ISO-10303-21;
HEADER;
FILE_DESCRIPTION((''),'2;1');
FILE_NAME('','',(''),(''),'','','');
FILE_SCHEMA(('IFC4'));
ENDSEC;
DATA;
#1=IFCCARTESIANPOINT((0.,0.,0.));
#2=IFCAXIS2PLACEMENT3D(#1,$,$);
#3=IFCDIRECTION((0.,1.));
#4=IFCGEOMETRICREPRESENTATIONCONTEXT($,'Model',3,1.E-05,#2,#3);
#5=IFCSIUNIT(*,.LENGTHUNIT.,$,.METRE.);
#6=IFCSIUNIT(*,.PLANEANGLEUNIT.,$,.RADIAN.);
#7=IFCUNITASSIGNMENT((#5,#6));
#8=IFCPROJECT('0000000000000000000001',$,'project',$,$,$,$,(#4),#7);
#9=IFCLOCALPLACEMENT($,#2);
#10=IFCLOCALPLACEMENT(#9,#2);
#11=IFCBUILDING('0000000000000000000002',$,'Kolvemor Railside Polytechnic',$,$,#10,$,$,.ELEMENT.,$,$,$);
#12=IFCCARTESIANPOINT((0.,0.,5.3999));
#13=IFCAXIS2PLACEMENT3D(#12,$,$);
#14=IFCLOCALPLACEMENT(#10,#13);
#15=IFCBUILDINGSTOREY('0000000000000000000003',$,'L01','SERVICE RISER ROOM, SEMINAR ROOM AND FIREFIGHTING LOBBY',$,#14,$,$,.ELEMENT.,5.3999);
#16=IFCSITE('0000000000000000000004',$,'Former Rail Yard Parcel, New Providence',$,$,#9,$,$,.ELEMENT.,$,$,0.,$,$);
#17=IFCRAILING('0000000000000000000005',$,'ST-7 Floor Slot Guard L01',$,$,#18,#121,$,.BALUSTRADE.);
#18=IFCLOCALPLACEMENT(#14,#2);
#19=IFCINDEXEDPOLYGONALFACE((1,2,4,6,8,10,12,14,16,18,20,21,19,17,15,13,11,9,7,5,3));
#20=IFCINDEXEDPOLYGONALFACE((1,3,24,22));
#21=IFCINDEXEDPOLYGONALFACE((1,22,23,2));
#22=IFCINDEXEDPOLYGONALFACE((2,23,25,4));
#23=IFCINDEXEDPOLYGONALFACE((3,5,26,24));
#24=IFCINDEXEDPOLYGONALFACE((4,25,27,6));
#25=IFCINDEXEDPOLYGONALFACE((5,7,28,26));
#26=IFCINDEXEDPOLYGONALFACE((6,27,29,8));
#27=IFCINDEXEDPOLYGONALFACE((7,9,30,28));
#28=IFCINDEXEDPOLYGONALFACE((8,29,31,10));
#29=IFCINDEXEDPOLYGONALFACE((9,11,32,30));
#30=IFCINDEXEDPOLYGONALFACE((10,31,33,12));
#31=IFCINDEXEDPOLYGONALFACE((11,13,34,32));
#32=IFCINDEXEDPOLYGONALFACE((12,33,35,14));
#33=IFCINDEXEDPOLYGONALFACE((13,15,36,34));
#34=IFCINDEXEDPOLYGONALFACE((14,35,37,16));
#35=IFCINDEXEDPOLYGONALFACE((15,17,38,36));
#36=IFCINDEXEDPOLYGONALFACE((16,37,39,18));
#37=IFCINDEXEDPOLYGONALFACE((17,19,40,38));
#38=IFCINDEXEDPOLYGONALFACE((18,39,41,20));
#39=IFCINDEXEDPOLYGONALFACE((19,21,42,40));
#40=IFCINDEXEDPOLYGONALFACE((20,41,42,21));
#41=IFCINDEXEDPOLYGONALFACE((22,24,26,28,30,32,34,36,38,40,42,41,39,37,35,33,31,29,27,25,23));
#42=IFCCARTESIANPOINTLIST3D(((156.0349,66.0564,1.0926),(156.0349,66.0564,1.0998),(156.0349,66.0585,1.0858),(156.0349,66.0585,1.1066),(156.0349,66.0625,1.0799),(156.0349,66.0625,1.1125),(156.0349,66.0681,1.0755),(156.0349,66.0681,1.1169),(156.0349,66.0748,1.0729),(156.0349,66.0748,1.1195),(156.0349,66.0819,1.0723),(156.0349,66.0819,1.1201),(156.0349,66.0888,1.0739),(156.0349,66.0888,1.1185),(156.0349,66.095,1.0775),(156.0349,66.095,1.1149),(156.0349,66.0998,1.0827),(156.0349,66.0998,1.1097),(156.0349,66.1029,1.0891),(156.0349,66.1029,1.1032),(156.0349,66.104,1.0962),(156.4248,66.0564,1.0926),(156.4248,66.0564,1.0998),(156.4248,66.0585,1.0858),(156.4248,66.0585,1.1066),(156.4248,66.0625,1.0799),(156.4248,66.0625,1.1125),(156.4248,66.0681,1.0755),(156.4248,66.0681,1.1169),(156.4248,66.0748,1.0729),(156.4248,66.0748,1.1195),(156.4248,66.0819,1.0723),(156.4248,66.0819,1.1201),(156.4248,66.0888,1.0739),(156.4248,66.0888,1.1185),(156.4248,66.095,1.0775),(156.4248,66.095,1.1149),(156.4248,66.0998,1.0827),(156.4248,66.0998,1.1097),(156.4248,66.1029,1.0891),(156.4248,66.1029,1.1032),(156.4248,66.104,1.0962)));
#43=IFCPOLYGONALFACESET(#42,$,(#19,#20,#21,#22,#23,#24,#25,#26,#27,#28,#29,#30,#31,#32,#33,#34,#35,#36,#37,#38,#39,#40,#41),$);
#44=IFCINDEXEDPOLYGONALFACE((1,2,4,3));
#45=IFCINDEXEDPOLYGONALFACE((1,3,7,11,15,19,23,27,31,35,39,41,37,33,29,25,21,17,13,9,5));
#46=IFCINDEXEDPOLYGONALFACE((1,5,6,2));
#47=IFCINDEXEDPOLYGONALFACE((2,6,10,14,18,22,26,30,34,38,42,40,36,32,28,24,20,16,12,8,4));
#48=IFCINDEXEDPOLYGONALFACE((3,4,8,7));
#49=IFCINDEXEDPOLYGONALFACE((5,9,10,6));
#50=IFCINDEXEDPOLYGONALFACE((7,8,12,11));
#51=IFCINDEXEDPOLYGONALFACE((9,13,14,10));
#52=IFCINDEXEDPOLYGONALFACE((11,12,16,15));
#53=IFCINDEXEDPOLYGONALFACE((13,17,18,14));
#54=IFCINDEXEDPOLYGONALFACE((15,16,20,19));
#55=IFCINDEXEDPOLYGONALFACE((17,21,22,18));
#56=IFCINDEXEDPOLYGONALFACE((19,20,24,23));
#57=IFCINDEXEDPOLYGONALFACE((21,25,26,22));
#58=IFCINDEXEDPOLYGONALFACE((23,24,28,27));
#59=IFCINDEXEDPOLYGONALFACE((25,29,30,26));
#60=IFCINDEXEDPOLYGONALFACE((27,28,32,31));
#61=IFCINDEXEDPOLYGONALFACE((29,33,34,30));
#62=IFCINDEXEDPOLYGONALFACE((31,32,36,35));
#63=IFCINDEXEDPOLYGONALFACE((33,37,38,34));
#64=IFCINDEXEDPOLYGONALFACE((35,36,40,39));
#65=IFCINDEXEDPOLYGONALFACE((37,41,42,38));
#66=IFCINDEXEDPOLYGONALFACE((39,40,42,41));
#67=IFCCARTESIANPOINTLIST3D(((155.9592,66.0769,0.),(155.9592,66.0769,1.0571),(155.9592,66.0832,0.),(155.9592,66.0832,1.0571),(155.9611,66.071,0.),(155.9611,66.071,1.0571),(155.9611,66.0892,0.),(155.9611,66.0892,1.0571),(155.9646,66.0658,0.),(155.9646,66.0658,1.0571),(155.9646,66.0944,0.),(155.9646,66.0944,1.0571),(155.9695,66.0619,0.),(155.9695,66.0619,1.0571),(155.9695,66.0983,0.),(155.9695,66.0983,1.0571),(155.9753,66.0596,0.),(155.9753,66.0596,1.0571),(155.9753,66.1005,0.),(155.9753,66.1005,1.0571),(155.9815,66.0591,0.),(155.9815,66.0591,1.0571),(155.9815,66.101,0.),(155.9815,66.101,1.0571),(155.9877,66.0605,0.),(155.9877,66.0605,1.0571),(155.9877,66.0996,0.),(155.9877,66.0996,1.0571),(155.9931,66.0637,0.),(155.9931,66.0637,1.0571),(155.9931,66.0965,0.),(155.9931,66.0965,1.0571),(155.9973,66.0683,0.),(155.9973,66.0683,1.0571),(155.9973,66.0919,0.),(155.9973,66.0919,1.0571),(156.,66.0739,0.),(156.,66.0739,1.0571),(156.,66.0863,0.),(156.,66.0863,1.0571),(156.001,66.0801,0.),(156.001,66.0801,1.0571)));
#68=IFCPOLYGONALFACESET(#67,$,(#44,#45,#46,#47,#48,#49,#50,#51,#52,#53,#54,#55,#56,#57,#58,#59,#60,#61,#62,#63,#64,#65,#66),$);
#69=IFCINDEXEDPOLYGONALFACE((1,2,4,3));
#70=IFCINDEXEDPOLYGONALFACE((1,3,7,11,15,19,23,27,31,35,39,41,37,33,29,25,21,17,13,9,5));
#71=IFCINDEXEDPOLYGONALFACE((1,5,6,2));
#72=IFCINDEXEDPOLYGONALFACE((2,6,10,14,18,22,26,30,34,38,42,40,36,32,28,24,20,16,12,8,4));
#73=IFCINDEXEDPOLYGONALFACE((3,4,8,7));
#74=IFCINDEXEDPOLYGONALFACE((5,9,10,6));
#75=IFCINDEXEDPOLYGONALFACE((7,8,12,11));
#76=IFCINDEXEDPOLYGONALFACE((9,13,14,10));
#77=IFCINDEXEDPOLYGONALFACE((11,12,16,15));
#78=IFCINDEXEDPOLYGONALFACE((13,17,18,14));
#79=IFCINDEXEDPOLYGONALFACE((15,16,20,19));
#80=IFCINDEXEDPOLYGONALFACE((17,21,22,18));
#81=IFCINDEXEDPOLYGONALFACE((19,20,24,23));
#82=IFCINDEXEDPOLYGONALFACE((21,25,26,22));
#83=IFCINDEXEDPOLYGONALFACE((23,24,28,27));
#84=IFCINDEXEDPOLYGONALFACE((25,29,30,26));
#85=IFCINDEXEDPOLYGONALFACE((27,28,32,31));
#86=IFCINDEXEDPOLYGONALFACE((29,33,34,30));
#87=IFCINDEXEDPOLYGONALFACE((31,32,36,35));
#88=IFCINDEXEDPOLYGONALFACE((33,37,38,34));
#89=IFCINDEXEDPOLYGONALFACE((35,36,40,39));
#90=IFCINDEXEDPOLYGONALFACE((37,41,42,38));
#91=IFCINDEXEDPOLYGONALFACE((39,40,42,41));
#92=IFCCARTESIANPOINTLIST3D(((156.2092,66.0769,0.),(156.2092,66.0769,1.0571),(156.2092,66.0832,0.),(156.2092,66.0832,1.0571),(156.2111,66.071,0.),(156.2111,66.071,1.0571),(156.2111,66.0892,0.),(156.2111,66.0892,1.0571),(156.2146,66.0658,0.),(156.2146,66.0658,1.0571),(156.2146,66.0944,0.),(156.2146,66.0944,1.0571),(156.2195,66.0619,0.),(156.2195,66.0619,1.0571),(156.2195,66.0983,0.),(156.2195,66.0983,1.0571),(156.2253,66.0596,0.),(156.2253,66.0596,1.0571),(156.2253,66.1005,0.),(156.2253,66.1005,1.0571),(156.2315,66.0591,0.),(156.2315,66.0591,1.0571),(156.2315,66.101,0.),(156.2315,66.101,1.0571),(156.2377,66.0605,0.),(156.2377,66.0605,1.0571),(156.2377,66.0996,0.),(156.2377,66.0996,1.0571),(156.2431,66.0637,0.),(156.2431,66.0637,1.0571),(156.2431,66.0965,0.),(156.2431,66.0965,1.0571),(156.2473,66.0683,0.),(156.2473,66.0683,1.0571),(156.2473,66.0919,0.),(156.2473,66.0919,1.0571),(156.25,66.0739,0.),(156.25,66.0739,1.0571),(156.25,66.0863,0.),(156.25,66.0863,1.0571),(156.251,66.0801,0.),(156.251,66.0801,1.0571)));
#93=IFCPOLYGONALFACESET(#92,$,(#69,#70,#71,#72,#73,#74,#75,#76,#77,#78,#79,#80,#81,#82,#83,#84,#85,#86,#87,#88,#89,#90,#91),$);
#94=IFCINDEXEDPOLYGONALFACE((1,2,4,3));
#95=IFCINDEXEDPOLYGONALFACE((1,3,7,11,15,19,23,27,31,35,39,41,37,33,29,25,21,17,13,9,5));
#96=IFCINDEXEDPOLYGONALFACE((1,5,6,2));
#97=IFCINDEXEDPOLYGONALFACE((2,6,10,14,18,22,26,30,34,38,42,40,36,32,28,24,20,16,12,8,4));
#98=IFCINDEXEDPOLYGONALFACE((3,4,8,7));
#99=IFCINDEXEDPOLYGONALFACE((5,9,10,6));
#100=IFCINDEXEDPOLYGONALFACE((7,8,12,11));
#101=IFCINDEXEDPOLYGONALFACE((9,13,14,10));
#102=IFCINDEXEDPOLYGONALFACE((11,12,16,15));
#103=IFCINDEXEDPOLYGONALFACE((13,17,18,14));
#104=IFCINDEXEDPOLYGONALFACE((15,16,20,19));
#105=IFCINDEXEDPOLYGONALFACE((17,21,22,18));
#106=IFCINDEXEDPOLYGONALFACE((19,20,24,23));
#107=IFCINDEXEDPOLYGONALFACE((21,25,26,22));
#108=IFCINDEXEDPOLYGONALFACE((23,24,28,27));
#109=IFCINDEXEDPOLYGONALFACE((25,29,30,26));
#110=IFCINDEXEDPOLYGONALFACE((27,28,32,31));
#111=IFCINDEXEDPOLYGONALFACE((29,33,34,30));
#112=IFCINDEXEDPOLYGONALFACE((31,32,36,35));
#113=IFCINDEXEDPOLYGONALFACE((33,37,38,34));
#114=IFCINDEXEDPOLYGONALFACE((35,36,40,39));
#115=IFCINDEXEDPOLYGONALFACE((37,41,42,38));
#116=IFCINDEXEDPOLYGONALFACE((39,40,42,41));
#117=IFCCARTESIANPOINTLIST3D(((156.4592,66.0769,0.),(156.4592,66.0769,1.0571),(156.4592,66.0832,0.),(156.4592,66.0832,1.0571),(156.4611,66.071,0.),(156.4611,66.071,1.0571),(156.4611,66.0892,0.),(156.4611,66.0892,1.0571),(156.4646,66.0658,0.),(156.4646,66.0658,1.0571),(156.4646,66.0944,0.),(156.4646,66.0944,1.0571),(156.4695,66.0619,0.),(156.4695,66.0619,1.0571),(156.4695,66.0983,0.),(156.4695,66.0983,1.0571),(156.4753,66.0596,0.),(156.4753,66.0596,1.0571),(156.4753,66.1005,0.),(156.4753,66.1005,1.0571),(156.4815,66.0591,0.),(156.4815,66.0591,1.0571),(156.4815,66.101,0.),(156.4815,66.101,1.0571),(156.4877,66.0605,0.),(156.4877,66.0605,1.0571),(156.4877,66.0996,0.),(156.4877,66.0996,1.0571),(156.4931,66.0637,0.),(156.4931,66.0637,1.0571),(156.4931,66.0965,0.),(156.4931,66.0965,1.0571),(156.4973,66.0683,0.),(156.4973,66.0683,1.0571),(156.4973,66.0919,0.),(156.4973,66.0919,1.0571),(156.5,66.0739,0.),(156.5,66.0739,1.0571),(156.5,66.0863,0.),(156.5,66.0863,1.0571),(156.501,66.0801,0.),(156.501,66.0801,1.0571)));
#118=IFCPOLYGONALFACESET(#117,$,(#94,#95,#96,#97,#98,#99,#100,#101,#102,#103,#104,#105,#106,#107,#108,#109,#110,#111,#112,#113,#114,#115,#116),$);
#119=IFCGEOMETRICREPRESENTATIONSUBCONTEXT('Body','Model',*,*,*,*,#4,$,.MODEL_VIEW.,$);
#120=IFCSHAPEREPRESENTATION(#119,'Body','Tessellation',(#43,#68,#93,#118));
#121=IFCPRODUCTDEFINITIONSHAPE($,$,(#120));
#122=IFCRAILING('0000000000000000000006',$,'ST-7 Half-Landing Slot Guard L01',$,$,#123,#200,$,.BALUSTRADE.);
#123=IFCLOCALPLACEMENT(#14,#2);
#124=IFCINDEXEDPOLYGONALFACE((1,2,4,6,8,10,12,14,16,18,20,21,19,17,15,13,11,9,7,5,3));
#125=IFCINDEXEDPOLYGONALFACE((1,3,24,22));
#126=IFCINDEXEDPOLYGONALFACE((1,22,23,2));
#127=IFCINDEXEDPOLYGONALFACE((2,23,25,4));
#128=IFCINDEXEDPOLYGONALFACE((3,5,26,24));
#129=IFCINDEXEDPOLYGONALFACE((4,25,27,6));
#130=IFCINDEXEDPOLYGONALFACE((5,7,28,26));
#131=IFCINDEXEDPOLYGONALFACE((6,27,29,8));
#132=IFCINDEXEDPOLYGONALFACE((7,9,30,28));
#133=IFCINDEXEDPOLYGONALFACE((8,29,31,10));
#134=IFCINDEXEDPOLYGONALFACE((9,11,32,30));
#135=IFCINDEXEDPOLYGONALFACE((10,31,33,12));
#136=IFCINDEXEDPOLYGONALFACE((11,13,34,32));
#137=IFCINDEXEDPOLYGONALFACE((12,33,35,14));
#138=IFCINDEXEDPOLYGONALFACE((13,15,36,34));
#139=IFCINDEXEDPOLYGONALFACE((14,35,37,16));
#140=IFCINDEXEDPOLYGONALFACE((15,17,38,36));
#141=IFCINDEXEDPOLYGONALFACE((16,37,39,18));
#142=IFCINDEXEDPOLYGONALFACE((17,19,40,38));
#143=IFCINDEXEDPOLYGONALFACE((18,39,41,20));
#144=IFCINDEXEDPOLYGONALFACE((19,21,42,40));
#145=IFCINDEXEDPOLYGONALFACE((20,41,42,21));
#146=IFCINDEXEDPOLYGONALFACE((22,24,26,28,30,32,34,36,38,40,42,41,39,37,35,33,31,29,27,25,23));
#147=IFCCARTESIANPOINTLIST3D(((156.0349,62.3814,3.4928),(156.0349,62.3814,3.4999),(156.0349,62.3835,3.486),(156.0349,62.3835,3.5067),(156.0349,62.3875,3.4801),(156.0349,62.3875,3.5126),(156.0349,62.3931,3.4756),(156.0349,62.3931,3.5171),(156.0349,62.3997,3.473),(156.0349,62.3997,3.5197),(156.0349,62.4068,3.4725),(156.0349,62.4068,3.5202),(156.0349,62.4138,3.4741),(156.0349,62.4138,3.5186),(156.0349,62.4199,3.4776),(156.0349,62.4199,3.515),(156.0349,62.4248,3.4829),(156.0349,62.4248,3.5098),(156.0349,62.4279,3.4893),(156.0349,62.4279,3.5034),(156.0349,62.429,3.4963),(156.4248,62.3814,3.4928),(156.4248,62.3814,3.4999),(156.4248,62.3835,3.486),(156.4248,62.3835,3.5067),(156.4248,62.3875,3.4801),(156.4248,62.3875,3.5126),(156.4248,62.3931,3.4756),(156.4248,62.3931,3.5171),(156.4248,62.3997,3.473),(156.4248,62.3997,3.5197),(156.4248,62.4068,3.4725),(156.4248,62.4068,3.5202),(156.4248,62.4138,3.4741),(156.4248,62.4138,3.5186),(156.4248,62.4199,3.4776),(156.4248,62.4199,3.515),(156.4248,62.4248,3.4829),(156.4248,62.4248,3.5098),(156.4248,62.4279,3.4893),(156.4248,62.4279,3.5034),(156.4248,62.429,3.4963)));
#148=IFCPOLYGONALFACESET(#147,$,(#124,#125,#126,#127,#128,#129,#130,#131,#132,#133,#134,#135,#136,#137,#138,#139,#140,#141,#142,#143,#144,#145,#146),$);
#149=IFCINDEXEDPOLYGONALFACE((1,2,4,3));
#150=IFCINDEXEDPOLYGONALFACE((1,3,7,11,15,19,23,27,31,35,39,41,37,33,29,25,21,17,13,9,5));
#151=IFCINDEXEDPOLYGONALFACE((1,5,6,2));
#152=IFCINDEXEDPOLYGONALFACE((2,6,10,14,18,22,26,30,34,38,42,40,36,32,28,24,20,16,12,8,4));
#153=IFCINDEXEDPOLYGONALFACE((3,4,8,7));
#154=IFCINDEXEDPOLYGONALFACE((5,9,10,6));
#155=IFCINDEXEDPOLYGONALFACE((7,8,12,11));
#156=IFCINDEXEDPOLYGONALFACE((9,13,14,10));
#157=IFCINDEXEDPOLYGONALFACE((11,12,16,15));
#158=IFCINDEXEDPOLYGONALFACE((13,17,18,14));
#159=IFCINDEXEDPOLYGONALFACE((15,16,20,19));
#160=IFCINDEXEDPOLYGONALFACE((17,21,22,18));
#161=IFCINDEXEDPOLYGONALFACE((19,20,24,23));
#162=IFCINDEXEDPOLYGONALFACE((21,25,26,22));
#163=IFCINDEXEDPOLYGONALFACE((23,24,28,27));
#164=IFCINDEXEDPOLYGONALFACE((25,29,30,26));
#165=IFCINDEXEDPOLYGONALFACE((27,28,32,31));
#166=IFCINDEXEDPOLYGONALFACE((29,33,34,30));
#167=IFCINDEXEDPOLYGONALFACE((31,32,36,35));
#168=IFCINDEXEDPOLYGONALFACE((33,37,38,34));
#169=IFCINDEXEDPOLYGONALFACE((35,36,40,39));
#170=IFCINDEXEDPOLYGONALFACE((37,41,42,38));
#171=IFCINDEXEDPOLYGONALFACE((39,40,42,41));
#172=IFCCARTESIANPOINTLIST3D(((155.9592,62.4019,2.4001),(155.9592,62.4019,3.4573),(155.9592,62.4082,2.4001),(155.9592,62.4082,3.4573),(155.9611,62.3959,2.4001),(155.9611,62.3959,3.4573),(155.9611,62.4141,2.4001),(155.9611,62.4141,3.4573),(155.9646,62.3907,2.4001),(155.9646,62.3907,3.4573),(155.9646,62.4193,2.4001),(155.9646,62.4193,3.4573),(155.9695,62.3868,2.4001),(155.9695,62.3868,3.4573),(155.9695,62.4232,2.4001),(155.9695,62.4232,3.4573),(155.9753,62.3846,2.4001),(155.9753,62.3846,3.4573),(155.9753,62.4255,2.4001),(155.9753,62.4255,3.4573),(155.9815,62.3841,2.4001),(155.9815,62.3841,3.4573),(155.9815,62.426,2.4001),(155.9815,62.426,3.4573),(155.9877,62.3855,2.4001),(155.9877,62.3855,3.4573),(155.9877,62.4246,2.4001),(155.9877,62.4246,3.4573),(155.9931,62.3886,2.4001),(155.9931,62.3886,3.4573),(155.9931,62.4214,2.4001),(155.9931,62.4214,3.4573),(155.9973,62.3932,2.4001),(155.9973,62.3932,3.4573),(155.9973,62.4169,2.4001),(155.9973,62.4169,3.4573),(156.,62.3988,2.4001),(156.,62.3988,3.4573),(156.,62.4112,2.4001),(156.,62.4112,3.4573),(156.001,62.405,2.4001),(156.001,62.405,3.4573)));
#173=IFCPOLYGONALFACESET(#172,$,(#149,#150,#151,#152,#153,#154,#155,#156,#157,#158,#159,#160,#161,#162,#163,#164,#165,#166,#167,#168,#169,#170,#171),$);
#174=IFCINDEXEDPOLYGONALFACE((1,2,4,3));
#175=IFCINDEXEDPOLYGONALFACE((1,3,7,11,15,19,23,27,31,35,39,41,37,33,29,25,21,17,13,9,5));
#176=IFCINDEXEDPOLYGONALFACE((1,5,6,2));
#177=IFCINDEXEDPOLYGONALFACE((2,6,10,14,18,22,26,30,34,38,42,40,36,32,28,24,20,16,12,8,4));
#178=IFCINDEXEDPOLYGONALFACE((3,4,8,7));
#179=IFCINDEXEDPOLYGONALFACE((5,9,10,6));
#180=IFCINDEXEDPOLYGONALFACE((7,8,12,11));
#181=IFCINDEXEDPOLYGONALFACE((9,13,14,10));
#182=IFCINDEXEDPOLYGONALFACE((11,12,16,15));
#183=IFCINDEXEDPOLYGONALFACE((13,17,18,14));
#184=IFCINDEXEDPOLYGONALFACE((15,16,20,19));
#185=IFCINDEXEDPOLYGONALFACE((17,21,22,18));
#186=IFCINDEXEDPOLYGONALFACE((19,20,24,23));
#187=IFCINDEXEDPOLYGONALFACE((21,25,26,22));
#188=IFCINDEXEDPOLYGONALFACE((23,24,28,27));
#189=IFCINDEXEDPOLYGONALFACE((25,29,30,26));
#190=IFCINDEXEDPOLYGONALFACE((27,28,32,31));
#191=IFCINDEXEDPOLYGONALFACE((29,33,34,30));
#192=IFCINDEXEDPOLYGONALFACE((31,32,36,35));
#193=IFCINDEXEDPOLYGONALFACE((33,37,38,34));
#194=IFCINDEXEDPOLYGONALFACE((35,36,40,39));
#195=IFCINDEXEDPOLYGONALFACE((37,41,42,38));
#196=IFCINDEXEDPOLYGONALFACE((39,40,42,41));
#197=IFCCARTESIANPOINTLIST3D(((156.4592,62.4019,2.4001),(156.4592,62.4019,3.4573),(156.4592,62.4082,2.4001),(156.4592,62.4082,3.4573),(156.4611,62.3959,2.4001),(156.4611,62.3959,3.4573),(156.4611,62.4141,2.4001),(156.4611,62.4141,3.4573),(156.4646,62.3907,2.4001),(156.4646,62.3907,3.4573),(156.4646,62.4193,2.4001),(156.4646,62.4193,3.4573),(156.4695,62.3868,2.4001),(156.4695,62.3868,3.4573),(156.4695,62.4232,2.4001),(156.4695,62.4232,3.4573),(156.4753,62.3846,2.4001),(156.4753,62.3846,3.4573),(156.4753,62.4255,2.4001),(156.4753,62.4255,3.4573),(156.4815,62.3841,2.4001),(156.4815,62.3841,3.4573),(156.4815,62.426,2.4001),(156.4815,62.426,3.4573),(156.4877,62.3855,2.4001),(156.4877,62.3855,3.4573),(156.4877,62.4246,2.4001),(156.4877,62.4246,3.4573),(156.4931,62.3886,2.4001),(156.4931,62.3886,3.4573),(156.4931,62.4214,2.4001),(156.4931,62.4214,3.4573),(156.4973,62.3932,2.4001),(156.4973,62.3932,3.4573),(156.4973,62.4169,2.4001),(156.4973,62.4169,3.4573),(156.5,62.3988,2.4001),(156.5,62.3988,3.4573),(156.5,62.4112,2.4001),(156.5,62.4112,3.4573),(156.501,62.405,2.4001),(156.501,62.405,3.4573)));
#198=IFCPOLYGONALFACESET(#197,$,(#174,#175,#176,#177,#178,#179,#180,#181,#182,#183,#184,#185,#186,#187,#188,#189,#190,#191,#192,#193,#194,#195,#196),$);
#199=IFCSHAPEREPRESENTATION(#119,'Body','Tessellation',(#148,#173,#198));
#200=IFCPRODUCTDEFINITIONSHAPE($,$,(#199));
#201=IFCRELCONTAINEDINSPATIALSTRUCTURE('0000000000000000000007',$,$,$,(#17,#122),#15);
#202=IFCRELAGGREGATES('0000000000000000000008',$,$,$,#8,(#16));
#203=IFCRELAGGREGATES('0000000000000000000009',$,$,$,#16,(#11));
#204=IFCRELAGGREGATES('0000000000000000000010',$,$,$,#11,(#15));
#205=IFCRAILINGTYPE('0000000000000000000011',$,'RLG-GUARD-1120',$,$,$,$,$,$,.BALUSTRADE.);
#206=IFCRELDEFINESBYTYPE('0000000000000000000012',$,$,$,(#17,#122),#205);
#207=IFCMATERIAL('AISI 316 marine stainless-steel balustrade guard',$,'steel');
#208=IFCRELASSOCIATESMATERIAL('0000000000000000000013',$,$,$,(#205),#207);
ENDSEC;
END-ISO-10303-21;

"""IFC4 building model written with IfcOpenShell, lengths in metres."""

from ifc_helpers import new_model, si_unit, direction, frame, origin, origin_2d, place, context, subcontext, project, spatial, circle, extrude, material, type_object, element, save


model = new_model("IFC4")

# Units and contexts
model_context = context("Model", 3, precision=1e-05, world=origin(), true_north=direction((0.0, 1.0)))
body_context = subcontext(model_context, "Body", "Model", "MODEL_VIEW")
ifc_project = project(units=[si_unit("LENGTHUNIT", "METRE"), si_unit("PLANEANGLEUNIT", "RADIAN")], contexts=[model_context])

# Site, building, storey
site_placement = place(None, origin())
site = spatial("IfcSite", under=ifc_project, at=site_placement, Name="Former Rail Yard Parcel, New Providence", CompositionType="ELEMENT", RefElevation=0.0)
building_placement = place(site_placement, origin())
building = spatial("IfcBuilding", under=site, at=building_placement, Name="Kolvemor Railside Polytechnic", CompositionType="ELEMENT")
storey_placement = place(building_placement, frame((0.0, 0.0, 5.3999)))
storey = spatial("IfcBuildingStorey", under=building, at=storey_placement, Name="L01", Description="SERVICE RISER ROOM, SEMINAR ROOM AND FIREFIGHTING LOBBY", CompositionType="ELEMENT", Elevation=5.3999)

# Railings
ifc_material_1 = material(Name="AISI 316 marine stainless-steel balustrade guard", Category="steel")
railing_type_1 = type_object("IfcRailingType", Name="RLG-GUARD-1120", PredefinedType="BALUSTRADE", material=ifc_material_1)
railing_1_placement = place(storey_placement, frame((155.98, 66.0801, 0.0)))
element("IfcRailing", 1, at=railing_1_placement, inside=storey, type_object=railing_type_1, Name="ST-7 Floor Slot Guard L01", PredefinedType="BALUSTRADE", context=body_context, shape_type="SweptSolid", body=[
    extrude(circle(Radius=0.0239, at=origin_2d()), frame((0.0549, 0.0, 1.0962), z_axis=(1.0, 0.0, 0.0), x_axis=(0.0, 1.0, 0.0)), (0.0, 0.0, 1.0), 0.3899),
    extrude(circle(Radius=0.021, at=origin_2d()), origin(), (0.0, 0.0, 1.0), 1.0571),
    extrude(circle(Radius=0.021, at=origin_2d()), frame((0.25, 0.0, 0.0)), (0.0, 0.0, 1.0), 1.0571),
    extrude(circle(Radius=0.021, at=origin_2d()), frame((0.5, 0.0, 0.0)), (0.0, 0.0, 1.0), 1.0571),
])
railing_2_placement = place(storey_placement, frame((155.98, 62.405, 2.4001)))
element("IfcRailing", 2, at=railing_2_placement, inside=storey, type_object=railing_type_1, Name="ST-7 Half-Landing Slot Guard L01", PredefinedType="BALUSTRADE", context=body_context, shape_type="SweptSolid", body=[
    extrude(circle(Radius=0.0239, at=origin_2d()), frame((0.0549, 0.0, 1.0962), z_axis=(1.0, 0.0, 0.0), x_axis=(0.0, 1.0, 0.0)), (0.0, 0.0, 1.0), 0.3899),
    extrude(circle(Radius=0.021, at=origin_2d()), origin(), (0.0, 0.0, 1.0), 1.0571),
    extrude(circle(Radius=0.021, at=origin_2d()), frame((0.5, 0.0, 0.0)), (0.0, 0.0, 1.0), 1.0571),
])

save(model, "model.ifc")
